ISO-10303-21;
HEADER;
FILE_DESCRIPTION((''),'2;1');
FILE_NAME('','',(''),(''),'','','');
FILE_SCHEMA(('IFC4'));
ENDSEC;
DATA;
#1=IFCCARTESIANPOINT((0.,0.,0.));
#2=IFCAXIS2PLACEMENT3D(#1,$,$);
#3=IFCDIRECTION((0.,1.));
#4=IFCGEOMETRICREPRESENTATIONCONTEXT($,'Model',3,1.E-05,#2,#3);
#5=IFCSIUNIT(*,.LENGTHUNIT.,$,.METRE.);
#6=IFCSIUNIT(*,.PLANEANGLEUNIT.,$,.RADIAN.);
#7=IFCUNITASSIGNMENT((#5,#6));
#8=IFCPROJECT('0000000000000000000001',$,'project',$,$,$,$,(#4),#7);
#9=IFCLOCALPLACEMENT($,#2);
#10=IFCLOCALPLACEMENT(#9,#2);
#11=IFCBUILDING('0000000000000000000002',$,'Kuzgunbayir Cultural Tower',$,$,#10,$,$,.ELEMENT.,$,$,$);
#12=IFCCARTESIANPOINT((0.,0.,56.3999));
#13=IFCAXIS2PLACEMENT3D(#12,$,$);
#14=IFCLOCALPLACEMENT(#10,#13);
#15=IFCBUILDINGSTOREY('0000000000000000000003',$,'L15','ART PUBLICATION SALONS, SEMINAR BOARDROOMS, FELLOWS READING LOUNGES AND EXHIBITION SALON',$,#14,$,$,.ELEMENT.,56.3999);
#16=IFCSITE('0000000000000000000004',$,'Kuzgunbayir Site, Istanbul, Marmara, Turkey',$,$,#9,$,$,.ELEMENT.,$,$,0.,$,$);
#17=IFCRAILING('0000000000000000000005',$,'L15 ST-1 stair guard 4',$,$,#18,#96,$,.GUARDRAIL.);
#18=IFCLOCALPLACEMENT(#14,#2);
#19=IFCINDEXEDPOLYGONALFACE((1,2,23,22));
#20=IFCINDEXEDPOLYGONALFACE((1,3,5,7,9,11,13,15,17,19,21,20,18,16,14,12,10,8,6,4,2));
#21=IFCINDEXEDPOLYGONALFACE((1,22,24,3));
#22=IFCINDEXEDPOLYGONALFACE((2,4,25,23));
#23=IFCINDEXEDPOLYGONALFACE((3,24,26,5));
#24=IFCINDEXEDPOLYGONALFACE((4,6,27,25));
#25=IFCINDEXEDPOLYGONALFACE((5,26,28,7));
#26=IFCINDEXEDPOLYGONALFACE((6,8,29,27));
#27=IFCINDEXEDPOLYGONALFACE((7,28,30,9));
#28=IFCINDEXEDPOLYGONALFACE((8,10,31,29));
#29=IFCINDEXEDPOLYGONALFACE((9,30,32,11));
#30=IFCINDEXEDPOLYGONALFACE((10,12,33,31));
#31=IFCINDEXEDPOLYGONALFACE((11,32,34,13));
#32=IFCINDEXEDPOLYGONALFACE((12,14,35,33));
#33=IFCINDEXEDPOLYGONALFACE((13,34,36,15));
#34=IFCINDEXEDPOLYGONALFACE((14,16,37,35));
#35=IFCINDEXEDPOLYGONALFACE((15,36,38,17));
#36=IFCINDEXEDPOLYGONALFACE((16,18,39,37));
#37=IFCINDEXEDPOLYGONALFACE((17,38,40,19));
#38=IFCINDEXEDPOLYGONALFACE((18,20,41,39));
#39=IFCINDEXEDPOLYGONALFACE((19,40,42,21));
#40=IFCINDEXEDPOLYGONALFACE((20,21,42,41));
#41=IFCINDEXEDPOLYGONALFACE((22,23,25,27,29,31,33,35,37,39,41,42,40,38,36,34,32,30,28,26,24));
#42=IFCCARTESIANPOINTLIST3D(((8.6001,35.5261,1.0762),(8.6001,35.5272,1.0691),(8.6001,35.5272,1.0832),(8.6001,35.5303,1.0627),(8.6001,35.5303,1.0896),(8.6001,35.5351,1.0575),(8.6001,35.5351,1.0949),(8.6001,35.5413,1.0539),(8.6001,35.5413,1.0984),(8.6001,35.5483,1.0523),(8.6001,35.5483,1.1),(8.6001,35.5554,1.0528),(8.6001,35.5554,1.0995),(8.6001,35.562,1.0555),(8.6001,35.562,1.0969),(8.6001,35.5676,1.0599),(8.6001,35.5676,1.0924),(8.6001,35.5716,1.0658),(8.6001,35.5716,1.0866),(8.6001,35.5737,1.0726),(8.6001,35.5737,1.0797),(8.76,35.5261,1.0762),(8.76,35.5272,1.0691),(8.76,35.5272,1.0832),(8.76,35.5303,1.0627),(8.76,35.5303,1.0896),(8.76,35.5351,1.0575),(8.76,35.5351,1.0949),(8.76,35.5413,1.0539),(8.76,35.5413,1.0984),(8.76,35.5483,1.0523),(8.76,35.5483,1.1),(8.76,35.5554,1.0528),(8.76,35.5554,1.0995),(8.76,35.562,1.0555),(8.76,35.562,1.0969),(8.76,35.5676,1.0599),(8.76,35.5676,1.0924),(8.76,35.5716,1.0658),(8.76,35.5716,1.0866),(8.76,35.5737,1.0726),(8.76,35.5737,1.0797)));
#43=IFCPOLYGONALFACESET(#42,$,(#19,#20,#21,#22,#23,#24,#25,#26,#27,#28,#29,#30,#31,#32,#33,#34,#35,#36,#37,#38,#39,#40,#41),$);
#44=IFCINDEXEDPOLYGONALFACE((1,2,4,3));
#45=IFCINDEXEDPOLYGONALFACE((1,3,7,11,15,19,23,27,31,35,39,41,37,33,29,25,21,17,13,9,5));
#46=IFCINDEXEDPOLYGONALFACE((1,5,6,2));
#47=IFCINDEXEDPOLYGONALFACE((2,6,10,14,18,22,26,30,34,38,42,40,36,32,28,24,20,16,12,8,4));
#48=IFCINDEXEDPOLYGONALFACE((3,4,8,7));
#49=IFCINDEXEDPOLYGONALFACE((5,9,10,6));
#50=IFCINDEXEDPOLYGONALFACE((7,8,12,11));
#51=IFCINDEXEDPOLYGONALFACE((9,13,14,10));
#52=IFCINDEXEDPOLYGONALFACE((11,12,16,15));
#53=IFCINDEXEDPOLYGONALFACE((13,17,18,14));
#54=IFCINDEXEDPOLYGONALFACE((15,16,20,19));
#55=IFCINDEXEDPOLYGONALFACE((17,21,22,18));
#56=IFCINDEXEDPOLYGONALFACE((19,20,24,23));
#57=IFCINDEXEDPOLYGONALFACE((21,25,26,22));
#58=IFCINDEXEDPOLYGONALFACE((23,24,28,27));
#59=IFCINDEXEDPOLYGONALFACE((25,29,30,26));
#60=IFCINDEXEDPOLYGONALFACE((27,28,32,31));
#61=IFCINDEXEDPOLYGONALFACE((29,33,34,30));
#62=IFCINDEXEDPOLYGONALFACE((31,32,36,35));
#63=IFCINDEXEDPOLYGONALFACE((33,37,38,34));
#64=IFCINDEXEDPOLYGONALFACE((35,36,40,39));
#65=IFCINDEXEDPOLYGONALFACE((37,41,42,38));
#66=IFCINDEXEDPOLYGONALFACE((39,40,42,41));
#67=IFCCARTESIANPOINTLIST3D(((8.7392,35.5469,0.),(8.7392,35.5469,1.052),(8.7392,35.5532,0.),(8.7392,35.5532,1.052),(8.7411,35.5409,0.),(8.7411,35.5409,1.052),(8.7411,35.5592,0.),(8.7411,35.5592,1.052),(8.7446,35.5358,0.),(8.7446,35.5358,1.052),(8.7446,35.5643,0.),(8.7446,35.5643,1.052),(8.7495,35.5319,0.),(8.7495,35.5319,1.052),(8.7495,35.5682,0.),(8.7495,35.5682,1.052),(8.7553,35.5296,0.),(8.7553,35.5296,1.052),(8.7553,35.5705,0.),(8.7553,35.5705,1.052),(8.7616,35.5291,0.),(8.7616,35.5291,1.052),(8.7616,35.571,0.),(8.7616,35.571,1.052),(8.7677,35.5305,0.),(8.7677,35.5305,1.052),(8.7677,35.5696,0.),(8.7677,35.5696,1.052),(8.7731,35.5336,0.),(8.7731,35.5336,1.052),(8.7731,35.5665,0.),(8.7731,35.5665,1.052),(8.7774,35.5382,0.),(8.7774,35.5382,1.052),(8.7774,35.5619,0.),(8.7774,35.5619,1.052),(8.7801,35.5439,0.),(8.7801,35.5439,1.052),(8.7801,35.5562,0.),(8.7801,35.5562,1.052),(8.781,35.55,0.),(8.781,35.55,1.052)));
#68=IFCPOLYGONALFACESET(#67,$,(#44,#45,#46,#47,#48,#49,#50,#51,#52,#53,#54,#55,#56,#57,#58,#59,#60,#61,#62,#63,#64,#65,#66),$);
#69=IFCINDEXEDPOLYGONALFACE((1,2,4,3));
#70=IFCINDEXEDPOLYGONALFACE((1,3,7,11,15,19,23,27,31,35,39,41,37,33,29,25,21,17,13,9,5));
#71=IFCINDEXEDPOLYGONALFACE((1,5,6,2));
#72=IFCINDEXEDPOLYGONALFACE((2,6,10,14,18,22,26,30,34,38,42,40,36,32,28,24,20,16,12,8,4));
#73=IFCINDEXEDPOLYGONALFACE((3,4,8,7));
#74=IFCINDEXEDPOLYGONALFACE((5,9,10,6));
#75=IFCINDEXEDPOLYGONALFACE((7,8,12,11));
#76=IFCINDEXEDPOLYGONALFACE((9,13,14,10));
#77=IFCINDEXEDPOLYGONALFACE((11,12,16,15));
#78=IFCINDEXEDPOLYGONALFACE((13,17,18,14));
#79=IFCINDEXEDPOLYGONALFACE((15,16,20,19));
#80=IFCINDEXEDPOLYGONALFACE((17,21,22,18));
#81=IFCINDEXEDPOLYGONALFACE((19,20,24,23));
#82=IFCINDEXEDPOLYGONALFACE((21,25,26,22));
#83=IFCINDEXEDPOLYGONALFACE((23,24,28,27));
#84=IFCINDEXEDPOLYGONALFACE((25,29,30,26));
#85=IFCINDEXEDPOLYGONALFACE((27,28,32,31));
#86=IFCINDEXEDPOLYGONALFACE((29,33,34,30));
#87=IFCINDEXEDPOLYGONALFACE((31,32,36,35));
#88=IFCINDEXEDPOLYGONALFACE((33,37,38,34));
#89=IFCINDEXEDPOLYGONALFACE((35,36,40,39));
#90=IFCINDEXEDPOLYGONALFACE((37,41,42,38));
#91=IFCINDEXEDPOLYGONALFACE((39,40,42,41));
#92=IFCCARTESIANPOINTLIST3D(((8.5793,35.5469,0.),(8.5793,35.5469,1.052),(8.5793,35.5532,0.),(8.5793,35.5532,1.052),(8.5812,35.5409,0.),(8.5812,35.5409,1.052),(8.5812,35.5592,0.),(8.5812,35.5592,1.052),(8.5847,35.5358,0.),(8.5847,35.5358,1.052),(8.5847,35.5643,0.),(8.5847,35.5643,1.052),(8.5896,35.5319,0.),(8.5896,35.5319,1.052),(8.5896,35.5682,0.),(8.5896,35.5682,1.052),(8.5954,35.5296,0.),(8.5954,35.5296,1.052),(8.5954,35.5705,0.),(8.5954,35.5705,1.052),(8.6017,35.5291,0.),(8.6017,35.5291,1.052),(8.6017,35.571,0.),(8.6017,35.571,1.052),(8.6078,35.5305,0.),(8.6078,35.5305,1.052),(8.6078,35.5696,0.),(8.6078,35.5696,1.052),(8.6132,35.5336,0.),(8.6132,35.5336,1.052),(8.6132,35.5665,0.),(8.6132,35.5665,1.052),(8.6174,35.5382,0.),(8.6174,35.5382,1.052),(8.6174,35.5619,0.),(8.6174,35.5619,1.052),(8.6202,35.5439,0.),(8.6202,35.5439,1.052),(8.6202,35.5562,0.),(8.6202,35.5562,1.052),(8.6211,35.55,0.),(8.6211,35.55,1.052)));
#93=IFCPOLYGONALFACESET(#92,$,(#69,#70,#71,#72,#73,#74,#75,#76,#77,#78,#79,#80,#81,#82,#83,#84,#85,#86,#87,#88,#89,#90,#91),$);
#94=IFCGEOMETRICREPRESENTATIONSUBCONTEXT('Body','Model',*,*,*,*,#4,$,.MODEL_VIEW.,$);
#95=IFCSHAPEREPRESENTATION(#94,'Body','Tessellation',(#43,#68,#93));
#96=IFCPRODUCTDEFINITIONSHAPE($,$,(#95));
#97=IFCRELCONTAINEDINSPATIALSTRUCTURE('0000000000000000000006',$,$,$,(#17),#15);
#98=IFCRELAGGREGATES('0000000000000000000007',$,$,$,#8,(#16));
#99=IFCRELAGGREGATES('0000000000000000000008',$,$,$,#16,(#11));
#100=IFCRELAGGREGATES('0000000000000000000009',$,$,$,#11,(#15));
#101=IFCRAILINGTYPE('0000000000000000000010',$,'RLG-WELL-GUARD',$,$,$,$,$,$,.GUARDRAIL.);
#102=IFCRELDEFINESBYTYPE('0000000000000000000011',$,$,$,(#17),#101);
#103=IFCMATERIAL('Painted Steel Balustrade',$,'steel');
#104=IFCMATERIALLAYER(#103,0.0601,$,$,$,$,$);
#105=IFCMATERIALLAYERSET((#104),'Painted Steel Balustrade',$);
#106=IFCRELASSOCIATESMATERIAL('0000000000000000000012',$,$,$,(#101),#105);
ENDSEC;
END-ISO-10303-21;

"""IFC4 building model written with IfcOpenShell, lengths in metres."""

from ifc_helpers import new_model, si_unit, direction, frame, origin, origin_2d, place, context, subcontext, project, spatial, circle, extrude, material, layer, layer_set, type_object, element, save


model = new_model("IFC4")

# Units and contexts
model_context = context("Model", 3, precision=1e-05, world=origin(), true_north=direction((0.0, 1.0)))
body_context = subcontext(model_context, "Body", "Model", "MODEL_VIEW")
ifc_project = project(units=[si_unit("LENGTHUNIT", "METRE"), si_unit("PLANEANGLEUNIT", "RADIAN")], contexts=[model_context])

# Site, building, storey
site_placement = place(None, origin())
site = spatial("IfcSite", under=ifc_project, at=site_placement, Name="Kuzgunbayir Site, Istanbul, Marmara, Turkey", CompositionType="ELEMENT", RefElevation=0.0)
building_placement = place(site_placement, origin())
building = spatial("IfcBuilding", under=site, at=building_placement, Name="Kuzgunbayir Cultural Tower", CompositionType="ELEMENT")
storey_placement = place(building_placement, frame((0.0, 0.0, 56.3999)))
storey = spatial("IfcBuildingStorey", under=building, at=storey_placement, Name="L15", Description="ART PUBLICATION SALONS, SEMINAR BOARDROOMS, FELLOWS READING LOUNGES AND EXHIBITION SALON", CompositionType="ELEMENT", Elevation=56.3999)

# Railing
ifc_material_1 = material(Name="Painted Steel Balustrade", Category="steel")
ifc_layer_1 = layer(ifc_material_1, 0.0601)
ifc_layer_set_1 = layer_set([ifc_layer_1], Name="Painted Steel Balustrade")
railing_type = type_object("IfcRailingType", Name="RLG-WELL-GUARD", PredefinedType="GUARDRAIL", material=ifc_layer_set_1)
railing_placement = place(storey_placement, frame((8.76, 35.55, 0.0)))
element("IfcRailing", 1, at=railing_placement, inside=storey, type_object=railing_type, Name="L15 ST-1 stair guard 4", PredefinedType="GUARDRAIL", context=body_context, shape_type="SweptSolid", body=[
    extrude(circle(Radius=0.0239, at=origin_2d()), frame((0.0, 0.0, 1.0762), z_axis=(-1.0, 0.0, 0.0), x_axis=(0.0, -1.0, 0.0)), (0.0, 0.0, 1.0), 0.1599),
    extrude(circle(Radius=0.021, at=origin_2d()), origin(), (0.0, 0.0, 1.0), 1.052),
    extrude(circle(Radius=0.021, at=origin_2d()), frame((-0.1599, 0.0, 0.0)), (0.0, 0.0, 1.0), 1.052),
])

save(model, "model.ifc")
